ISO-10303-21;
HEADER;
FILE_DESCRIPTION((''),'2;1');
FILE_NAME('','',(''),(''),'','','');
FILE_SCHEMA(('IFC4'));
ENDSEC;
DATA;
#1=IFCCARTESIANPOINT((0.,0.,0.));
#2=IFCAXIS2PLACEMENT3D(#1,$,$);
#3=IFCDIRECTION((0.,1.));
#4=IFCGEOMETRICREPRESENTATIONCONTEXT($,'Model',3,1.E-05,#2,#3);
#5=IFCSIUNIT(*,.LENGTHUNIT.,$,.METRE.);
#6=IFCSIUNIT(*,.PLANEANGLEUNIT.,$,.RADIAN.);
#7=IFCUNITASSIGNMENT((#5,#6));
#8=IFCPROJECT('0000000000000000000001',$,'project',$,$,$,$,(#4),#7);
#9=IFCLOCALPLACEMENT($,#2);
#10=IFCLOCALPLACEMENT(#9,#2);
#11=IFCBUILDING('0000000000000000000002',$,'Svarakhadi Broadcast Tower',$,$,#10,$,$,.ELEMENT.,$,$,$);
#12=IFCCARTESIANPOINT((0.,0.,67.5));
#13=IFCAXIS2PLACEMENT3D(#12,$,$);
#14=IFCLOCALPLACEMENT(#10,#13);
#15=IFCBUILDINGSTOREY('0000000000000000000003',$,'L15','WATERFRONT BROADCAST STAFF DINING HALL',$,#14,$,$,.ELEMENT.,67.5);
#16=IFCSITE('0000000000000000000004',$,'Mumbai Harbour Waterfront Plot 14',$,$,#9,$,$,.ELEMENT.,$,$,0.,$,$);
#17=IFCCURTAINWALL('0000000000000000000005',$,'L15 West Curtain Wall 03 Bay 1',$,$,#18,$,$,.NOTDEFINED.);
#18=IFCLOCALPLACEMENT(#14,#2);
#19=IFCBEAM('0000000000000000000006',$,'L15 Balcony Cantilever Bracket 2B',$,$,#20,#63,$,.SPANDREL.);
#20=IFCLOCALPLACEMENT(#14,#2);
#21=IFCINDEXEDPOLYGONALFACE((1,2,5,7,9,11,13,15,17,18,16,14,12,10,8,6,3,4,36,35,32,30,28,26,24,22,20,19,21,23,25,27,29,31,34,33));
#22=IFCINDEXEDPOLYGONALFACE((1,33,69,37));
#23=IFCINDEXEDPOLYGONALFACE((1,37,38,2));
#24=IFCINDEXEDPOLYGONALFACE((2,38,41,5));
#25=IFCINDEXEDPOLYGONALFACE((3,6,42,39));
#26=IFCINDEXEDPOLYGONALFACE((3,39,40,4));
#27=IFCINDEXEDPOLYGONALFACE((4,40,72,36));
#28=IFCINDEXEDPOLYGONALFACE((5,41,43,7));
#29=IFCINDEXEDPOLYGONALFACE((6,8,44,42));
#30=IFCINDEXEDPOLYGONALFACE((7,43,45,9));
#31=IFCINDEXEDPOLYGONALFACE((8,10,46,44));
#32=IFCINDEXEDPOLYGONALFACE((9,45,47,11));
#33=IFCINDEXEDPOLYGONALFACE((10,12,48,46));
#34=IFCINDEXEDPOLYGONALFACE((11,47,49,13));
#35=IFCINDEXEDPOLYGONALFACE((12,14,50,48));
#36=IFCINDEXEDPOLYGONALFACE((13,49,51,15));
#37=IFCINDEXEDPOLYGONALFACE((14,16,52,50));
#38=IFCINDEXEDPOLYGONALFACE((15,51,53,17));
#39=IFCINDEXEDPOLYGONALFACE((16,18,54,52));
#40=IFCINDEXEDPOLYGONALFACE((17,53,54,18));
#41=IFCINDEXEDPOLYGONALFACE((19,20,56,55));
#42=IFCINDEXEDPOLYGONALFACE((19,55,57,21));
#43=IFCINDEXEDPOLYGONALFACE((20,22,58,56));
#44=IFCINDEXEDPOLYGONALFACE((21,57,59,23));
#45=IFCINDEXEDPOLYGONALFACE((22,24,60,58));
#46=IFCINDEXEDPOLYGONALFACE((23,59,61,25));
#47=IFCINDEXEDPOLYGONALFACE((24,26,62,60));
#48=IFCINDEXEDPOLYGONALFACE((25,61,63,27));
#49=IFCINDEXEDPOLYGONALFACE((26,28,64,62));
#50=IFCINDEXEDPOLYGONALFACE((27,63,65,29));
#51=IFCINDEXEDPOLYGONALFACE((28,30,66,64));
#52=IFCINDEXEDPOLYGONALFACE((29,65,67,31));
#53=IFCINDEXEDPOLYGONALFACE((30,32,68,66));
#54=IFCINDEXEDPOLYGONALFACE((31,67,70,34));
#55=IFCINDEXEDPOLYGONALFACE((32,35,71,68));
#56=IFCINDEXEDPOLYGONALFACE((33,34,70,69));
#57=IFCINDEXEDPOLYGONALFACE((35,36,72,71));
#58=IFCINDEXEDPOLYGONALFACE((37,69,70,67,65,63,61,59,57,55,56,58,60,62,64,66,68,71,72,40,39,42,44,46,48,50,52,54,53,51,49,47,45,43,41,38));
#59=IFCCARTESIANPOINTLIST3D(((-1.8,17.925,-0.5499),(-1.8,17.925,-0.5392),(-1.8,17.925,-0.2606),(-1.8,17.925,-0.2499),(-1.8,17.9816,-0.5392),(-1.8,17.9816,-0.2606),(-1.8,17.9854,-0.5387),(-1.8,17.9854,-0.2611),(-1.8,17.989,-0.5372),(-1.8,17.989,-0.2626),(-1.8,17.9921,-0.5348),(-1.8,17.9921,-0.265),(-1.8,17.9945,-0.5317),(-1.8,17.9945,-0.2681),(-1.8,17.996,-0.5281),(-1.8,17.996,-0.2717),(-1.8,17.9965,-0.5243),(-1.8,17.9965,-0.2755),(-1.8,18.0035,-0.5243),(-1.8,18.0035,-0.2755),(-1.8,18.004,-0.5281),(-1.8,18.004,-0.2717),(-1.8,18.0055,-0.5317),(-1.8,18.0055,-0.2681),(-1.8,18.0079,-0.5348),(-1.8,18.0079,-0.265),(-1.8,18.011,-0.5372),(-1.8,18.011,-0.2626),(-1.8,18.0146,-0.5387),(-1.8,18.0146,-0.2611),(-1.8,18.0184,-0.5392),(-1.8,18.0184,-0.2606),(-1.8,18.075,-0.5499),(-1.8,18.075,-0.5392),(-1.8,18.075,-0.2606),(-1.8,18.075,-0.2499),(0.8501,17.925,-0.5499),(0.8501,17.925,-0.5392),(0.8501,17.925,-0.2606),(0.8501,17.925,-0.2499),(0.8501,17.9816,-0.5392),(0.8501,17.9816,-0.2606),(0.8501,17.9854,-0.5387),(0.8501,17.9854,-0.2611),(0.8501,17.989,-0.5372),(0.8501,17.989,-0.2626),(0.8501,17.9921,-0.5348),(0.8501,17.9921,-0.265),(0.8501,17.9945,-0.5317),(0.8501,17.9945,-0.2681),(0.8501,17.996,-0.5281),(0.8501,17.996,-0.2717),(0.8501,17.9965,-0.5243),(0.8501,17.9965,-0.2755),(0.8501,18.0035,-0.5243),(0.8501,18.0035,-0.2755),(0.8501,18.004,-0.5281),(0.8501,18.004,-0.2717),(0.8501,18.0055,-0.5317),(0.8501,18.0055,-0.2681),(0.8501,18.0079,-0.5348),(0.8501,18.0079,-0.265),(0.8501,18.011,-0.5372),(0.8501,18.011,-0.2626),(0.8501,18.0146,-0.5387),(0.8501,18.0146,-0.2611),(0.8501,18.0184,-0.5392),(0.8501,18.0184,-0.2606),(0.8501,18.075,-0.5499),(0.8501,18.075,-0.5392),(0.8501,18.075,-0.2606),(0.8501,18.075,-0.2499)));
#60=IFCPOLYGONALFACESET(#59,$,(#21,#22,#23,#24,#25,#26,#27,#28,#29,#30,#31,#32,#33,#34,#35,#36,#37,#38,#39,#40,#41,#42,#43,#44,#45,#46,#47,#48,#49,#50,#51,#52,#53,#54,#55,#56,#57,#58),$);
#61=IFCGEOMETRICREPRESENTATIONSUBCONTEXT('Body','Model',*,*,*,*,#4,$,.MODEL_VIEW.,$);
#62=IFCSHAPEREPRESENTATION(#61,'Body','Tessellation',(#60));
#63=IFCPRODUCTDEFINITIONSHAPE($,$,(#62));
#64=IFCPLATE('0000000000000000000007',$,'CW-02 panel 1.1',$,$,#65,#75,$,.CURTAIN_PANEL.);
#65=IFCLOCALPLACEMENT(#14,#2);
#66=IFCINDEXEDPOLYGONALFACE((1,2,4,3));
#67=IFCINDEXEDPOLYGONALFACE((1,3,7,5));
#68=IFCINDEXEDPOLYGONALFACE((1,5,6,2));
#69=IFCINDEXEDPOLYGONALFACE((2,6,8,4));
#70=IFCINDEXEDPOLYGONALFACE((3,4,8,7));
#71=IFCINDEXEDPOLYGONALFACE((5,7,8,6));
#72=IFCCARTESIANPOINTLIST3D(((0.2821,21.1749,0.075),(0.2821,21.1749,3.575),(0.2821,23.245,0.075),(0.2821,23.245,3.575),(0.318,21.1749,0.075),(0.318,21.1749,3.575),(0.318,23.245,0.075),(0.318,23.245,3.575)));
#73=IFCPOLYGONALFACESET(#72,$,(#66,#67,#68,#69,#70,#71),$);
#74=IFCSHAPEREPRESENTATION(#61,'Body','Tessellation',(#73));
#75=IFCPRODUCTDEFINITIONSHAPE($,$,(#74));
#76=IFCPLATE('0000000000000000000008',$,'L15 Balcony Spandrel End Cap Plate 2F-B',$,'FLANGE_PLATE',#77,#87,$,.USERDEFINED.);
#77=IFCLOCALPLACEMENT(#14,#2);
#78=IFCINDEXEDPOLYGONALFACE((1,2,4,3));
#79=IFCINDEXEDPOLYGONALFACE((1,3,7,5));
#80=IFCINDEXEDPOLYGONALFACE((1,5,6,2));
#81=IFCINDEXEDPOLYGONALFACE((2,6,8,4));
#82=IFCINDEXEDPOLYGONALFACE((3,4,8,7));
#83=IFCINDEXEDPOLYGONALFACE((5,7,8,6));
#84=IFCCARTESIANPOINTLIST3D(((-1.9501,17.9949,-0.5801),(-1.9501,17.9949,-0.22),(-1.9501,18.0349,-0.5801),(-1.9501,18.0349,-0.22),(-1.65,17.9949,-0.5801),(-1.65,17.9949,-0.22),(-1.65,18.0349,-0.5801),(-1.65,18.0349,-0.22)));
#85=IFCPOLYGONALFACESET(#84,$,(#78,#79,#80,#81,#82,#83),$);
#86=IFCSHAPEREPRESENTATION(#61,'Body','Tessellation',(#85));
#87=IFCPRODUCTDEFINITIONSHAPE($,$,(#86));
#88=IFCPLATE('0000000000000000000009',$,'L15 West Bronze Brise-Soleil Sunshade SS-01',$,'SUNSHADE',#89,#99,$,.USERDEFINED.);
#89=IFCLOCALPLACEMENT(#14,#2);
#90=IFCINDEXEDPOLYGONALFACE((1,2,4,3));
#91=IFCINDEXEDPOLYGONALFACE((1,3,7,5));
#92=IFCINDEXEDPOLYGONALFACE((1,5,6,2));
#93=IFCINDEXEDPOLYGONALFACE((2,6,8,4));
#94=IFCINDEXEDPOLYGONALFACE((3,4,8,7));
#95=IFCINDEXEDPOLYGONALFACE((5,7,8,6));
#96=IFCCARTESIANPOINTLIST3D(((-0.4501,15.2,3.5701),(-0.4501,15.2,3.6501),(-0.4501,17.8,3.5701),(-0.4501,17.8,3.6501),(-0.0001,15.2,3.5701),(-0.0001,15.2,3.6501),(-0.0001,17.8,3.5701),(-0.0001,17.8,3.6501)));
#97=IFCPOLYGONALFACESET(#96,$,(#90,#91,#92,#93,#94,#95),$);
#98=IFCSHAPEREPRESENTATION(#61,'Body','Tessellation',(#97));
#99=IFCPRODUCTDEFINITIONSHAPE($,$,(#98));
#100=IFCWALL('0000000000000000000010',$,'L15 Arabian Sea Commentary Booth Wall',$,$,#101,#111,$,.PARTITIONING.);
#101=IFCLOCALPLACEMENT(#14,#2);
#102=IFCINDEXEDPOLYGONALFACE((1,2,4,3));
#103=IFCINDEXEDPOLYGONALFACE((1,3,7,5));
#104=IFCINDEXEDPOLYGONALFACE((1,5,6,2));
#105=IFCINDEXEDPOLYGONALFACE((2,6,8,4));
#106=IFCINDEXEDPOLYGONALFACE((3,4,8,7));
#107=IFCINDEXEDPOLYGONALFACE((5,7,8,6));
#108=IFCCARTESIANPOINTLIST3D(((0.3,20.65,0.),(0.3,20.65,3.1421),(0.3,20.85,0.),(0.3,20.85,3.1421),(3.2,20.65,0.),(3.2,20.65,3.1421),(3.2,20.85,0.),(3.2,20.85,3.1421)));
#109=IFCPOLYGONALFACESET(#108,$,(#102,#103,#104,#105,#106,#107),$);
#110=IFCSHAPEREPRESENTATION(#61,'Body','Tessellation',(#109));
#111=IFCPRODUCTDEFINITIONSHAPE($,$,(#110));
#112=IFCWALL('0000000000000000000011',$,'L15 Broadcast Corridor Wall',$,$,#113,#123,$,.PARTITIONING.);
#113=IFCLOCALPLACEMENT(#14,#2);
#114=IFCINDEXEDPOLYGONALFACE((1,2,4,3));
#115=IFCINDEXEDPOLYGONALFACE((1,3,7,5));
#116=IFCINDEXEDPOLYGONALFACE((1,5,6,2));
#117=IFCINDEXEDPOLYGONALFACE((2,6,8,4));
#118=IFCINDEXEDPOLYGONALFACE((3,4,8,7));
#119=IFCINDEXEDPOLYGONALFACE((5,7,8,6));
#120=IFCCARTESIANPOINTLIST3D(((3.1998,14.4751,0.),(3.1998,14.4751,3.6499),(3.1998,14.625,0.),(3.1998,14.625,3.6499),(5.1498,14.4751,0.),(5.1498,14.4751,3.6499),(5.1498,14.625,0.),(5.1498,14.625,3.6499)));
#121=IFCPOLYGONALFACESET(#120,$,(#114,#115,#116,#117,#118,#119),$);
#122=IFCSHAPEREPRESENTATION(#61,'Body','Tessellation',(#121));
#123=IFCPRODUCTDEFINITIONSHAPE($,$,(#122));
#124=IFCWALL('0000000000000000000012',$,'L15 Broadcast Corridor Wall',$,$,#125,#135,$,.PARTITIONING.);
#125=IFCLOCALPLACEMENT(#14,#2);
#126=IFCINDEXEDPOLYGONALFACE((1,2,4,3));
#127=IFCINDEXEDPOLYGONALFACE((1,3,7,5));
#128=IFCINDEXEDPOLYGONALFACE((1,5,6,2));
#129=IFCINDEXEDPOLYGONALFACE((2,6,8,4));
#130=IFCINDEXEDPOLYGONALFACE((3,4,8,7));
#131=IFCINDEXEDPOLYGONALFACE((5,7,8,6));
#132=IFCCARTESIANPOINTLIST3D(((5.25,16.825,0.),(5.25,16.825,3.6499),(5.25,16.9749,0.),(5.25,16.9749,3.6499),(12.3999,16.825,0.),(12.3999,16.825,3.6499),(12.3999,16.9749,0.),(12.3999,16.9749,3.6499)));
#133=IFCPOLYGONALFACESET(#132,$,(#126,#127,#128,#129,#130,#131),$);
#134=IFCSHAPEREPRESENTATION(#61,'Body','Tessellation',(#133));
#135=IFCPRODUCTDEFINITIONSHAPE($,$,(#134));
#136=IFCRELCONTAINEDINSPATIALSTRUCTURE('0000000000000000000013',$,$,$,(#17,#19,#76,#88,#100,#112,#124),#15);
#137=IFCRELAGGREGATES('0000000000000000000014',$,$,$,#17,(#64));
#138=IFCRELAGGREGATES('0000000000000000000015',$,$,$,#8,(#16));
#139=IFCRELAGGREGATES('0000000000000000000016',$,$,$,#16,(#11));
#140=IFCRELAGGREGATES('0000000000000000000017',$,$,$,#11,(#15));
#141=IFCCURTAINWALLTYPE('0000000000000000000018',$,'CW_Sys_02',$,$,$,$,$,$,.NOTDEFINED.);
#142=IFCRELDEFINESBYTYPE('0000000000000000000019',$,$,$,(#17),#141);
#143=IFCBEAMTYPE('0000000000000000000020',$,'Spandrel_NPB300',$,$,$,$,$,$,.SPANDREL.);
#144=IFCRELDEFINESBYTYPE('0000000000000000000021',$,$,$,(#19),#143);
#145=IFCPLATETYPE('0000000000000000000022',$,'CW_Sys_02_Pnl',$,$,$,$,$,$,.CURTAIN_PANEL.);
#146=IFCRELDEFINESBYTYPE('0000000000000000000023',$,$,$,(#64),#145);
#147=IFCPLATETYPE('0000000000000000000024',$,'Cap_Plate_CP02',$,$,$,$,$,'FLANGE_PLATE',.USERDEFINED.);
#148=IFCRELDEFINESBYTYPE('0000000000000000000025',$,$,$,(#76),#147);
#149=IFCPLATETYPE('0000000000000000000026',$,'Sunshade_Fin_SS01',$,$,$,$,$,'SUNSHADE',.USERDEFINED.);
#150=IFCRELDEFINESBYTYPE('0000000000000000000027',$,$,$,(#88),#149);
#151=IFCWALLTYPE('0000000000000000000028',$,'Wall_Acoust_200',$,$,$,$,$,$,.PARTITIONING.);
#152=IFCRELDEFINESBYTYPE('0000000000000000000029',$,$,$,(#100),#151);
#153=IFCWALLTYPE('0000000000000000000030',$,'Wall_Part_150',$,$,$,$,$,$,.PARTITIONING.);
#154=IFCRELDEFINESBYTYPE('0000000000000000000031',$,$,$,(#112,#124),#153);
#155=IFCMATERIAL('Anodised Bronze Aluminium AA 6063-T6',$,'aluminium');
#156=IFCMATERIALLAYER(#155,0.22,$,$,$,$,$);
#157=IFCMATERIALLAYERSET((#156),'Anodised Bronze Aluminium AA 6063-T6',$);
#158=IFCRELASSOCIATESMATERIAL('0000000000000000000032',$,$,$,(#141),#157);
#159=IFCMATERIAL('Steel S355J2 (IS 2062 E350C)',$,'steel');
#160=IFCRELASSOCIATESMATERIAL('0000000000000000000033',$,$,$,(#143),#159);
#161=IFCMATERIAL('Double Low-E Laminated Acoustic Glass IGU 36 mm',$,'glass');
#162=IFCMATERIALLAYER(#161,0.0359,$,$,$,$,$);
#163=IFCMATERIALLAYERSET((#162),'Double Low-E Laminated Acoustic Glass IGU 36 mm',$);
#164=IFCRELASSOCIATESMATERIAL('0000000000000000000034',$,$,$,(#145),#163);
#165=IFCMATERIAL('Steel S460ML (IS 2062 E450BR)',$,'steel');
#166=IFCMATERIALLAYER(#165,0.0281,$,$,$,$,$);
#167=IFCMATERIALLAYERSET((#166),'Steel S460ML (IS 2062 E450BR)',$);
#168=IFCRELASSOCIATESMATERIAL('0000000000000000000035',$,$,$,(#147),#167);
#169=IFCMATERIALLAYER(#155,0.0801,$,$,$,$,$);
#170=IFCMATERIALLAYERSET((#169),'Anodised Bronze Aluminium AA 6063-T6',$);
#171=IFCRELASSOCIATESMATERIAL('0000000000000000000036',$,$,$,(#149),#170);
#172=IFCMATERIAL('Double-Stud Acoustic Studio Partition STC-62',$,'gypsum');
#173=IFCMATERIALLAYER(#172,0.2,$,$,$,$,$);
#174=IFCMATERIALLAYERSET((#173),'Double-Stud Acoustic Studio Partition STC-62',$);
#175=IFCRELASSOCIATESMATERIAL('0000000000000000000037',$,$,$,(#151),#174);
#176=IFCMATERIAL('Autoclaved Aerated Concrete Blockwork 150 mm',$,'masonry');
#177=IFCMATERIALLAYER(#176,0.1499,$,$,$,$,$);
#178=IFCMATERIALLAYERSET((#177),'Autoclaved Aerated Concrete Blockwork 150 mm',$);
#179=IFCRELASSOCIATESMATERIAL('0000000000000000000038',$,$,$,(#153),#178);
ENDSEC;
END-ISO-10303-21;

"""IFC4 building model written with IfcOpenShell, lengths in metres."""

from ifc_helpers import new_model, si_unit, direction, frame, frame_2d, origin, origin_2d, place, context, subcontext, project, spatial, rectangle, i_section, extrude, material, layer, layer_set, material_profile, profile_set, type_object, element, aggregate, save


model = new_model("IFC4")

# Units and contexts
model_context = context("Model", 3, precision=1e-05, world=origin(), true_north=direction((0.0, 1.0)))
body_context = subcontext(model_context, "Body", "Model", "MODEL_VIEW")
ifc_project = project(units=[si_unit("LENGTHUNIT", "METRE"), si_unit("PLANEANGLEUNIT", "RADIAN")], contexts=[model_context])

# Site, building, storey
site_placement = place(None, origin())
site = spatial("IfcSite", under=ifc_project, at=site_placement, Name="Mumbai Harbour Waterfront Plot 14", CompositionType="ELEMENT", RefElevation=0.0)
building_placement = place(site_placement, origin())
building = spatial("IfcBuilding", under=site, at=building_placement, Name="Svarakhadi Broadcast Tower", CompositionType="ELEMENT")
storey_placement = place(building_placement, frame((0.0, 0.0, 67.5)))
storey = spatial("IfcBuildingStorey", under=building, at=storey_placement, Name="L15", Description="WATERFRONT BROADCAST STAFF DINING HALL", CompositionType="ELEMENT", Elevation=67.5)

# Shared definitions
ifc_material_1 = material(Name="Steel S460ML (IS 2062 E450BR)", Category="steel")

# Shared definitions
ifc_material_2 = material(Name="Steel S355J2 (IS 2062 E350C)", Category="steel")

# Curtain wall
ifc_material_3 = material(Name="Anodised Bronze Aluminium AA 6063-T6", Category="aluminium")
ifc_layer_1 = layer(ifc_material_3, 0.22)
ifc_layer_set_1 = layer_set([ifc_layer_1], Name="Anodised Bronze Aluminium AA 6063-T6")
curtain_wall_type = type_object("IfcCurtainWallType", Name="CW_Sys_02", PredefinedType="NOTDEFINED", material=ifc_layer_set_1)
curtain_wall_placement = place(storey_placement, origin())
curtain_wall = element("IfcCurtainWall", 1, at=curtain_wall_placement, inside=storey, type_object=curtain_wall_type, Name="L15 West Curtain Wall 03 Bay 1", PredefinedType="NOTDEFINED")

# Beam
ifc_material_profile_1 = material_profile(ifc_material_2, i_section(OverallWidth=0.1499, OverallDepth=0.3, WebThickness=0.0071, FlangeThickness=0.0107, FilletRadius=0.0149, at=origin_2d()), Name="NPB 300x150x37")
ifc_profile_set_1 = profile_set([ifc_material_profile_1], Name="Steel S355J2 (IS 2062 E350C)")
beam_type_1 = type_object("IfcBeamType", Name="Spandrel_NPB300", PredefinedType="SPANDREL", material=ifc_profile_set_1)
beam_1_placement = place(storey_placement, frame((0.8501, 18.0, -0.3999), z_axis=(-1.0, 0.0, 0.0), x_axis=(0.0, -1.0, 0.0)))
element("IfcBeam", 2, at=beam_1_placement, inside=storey, type_object=beam_type_1, Name="L15 Balcony Cantilever Bracket 2B", PredefinedType="SPANDREL", context=body_context, shape_type="SweptSolid", body=[
    extrude(i_section(OverallWidth=0.1499, OverallDepth=0.3, WebThickness=0.0071, FlangeThickness=0.0107, FilletRadius=0.0149, at=origin_2d()), origin(), (0.0, 0.0, 1.0), 2.6501),
])

# Plate
ifc_material_4 = material(Name="Double Low-E Laminated Acoustic Glass IGU 36 mm", Category="glass")
ifc_layer_2 = layer(ifc_material_4, 0.0359)
ifc_layer_set_2 = layer_set([ifc_layer_2], Name="Double Low-E Laminated Acoustic Glass IGU 36 mm")
plate_type_1 = type_object("IfcPlateType", Name="CW_Sys_02_Pnl", PredefinedType="CURTAIN_PANEL", material=ifc_layer_set_2)
plate_1_placement = place(storey_placement, frame((0.3, 22.21, 0.075), z_axis=(0.0, 0.0, 1.0), x_axis=(0.0, 1.0, 0.0)))
plate_1 = element("IfcPlate", 3, at=plate_1_placement, type_object=plate_type_1, Name="CW-02 panel 1.1", PredefinedType="CURTAIN_PANEL", context=body_context, shape_type="SweptSolid", body=[
    extrude(rectangle(XDim=2.0701, YDim=0.0359, at=origin_2d()), origin(), (0.0, 0.0, 1.0), 3.5),
])
aggregate(curtain_wall, [plate_1])

# Plates
ifc_layer_3 = layer(ifc_material_1, 0.0281)
ifc_layer_set_3 = layer_set([ifc_layer_3], Name="Steel S460ML (IS 2062 E450BR)")
plate_type_2 = type_object("IfcPlateType", Name="Cap_Plate_CP02", ElementType="FLANGE_PLATE", PredefinedType="USERDEFINED", material=ifc_layer_set_3)
plate_2_placement = place(storey_placement, frame((-1.8, 18.0149, -0.5801), z_axis=(0.0, 0.0, 1.0), x_axis=(1.0, 0.0, 0.0)))
element("IfcPlate", 4, at=plate_2_placement, inside=storey, type_object=plate_type_2, Name="L15 Balcony Spandrel End Cap Plate 2F-B", ObjectType="FLANGE_PLATE", PredefinedType="USERDEFINED", context=body_context, shape_type="SweptSolid", body=[
    extrude(rectangle(XDim=0.3, YDim=0.04, at=origin_2d()), origin(), (0.0, 0.0, 1.0), 0.3601),
])
ifc_layer_4 = layer(ifc_material_3, 0.0801)
ifc_layer_set_4 = layer_set([ifc_layer_4], Name="Anodised Bronze Aluminium AA 6063-T6")
plate_type_3 = type_object("IfcPlateType", Name="Sunshade_Fin_SS01", ElementType="SUNSHADE", PredefinedType="USERDEFINED", material=ifc_layer_set_4)
plate_3_placement = place(storey_placement, frame((-0.2251, 16.5, 3.5701), z_axis=(0.0, 0.0, 1.0), x_axis=(0.0, 1.0, 0.0)))
element("IfcPlate", 5, at=plate_3_placement, inside=storey, type_object=plate_type_3, Name="L15 West Bronze Brise-Soleil Sunshade SS-01", ObjectType="SUNSHADE", PredefinedType="USERDEFINED", context=body_context, shape_type="SweptSolid", body=[
    extrude(rectangle(XDim=2.6001, YDim=0.45, at=origin_2d()), origin(), (0.0, 0.0, 1.0), 0.0801),
])

# Walls
ifc_material_5 = material(Name="Double-Stud Acoustic Studio Partition STC-62", Category="gypsum")
ifc_layer_5 = layer(ifc_material_5, 0.2)
ifc_layer_set_5 = layer_set([ifc_layer_5], Name="Double-Stud Acoustic Studio Partition STC-62")
wall_type_1 = type_object("IfcWallType", Name="Wall_Acoust_200", PredefinedType="PARTITIONING", material=ifc_layer_set_5)
wall_1_placement = place(storey_placement, frame((0.3, 20.75, 0.0), z_axis=(0.0, 0.0, 1.0), x_axis=(1.0, 0.0, 0.0)))
element("IfcWall", 6, at=wall_1_placement, inside=storey, type_object=wall_type_1, Name="L15 Arabian Sea Commentary Booth Wall", PredefinedType="PARTITIONING", context=body_context, shape_type="SweptSolid", body=[
    extrude(rectangle(XDim=2.8999, YDim=0.2, at=frame_2d((1.45, 0.0))), origin(), (0.0, 0.0, 1.0), 3.1421),
])
ifc_material_6 = material(Name="Autoclaved Aerated Concrete Blockwork 150 mm", Category="masonry")
ifc_layer_6 = layer(ifc_material_6, 0.1499)
ifc_layer_set_6 = layer_set([ifc_layer_6], Name="Autoclaved Aerated Concrete Blockwork 150 mm")
wall_type_2 = type_object("IfcWallType", Name="Wall_Part_150", PredefinedType="PARTITIONING", material=ifc_layer_set_6)
wall_2_placement = place(storey_placement, frame((5.1499, 14.55, 0.0), z_axis=(0.0, 0.0, 1.0), x_axis=(-1.0, 0.0, 0.0)))
element("IfcWall", 7, at=wall_2_placement, inside=storey, type_object=wall_type_2, Name="L15 Broadcast Corridor Wall", PredefinedType="PARTITIONING", context=body_context, shape_type="SweptSolid", body=[
    extrude(rectangle(XDim=1.95, YDim=0.1499, at=frame_2d((0.9751, 0.0))), origin(), (0.0, 0.0, 1.0), 3.6499),
])
wall_3_placement = place(storey_placement, frame((5.25, 16.8999, 0.0), z_axis=(0.0, 0.0, 1.0), x_axis=(1.0, 0.0, 0.0)))
element("IfcWall", 8, at=wall_3_placement, inside=storey, type_object=wall_type_2, Name="L15 Broadcast Corridor Wall", PredefinedType="PARTITIONING", context=body_context, shape_type="SweptSolid", body=[
    extrude(rectangle(XDim=7.1499, YDim=0.1499, at=frame_2d((3.575, 0.0))), origin(), (0.0, 0.0, 1.0), 3.6499),
])

save(model, "model.ifc")
